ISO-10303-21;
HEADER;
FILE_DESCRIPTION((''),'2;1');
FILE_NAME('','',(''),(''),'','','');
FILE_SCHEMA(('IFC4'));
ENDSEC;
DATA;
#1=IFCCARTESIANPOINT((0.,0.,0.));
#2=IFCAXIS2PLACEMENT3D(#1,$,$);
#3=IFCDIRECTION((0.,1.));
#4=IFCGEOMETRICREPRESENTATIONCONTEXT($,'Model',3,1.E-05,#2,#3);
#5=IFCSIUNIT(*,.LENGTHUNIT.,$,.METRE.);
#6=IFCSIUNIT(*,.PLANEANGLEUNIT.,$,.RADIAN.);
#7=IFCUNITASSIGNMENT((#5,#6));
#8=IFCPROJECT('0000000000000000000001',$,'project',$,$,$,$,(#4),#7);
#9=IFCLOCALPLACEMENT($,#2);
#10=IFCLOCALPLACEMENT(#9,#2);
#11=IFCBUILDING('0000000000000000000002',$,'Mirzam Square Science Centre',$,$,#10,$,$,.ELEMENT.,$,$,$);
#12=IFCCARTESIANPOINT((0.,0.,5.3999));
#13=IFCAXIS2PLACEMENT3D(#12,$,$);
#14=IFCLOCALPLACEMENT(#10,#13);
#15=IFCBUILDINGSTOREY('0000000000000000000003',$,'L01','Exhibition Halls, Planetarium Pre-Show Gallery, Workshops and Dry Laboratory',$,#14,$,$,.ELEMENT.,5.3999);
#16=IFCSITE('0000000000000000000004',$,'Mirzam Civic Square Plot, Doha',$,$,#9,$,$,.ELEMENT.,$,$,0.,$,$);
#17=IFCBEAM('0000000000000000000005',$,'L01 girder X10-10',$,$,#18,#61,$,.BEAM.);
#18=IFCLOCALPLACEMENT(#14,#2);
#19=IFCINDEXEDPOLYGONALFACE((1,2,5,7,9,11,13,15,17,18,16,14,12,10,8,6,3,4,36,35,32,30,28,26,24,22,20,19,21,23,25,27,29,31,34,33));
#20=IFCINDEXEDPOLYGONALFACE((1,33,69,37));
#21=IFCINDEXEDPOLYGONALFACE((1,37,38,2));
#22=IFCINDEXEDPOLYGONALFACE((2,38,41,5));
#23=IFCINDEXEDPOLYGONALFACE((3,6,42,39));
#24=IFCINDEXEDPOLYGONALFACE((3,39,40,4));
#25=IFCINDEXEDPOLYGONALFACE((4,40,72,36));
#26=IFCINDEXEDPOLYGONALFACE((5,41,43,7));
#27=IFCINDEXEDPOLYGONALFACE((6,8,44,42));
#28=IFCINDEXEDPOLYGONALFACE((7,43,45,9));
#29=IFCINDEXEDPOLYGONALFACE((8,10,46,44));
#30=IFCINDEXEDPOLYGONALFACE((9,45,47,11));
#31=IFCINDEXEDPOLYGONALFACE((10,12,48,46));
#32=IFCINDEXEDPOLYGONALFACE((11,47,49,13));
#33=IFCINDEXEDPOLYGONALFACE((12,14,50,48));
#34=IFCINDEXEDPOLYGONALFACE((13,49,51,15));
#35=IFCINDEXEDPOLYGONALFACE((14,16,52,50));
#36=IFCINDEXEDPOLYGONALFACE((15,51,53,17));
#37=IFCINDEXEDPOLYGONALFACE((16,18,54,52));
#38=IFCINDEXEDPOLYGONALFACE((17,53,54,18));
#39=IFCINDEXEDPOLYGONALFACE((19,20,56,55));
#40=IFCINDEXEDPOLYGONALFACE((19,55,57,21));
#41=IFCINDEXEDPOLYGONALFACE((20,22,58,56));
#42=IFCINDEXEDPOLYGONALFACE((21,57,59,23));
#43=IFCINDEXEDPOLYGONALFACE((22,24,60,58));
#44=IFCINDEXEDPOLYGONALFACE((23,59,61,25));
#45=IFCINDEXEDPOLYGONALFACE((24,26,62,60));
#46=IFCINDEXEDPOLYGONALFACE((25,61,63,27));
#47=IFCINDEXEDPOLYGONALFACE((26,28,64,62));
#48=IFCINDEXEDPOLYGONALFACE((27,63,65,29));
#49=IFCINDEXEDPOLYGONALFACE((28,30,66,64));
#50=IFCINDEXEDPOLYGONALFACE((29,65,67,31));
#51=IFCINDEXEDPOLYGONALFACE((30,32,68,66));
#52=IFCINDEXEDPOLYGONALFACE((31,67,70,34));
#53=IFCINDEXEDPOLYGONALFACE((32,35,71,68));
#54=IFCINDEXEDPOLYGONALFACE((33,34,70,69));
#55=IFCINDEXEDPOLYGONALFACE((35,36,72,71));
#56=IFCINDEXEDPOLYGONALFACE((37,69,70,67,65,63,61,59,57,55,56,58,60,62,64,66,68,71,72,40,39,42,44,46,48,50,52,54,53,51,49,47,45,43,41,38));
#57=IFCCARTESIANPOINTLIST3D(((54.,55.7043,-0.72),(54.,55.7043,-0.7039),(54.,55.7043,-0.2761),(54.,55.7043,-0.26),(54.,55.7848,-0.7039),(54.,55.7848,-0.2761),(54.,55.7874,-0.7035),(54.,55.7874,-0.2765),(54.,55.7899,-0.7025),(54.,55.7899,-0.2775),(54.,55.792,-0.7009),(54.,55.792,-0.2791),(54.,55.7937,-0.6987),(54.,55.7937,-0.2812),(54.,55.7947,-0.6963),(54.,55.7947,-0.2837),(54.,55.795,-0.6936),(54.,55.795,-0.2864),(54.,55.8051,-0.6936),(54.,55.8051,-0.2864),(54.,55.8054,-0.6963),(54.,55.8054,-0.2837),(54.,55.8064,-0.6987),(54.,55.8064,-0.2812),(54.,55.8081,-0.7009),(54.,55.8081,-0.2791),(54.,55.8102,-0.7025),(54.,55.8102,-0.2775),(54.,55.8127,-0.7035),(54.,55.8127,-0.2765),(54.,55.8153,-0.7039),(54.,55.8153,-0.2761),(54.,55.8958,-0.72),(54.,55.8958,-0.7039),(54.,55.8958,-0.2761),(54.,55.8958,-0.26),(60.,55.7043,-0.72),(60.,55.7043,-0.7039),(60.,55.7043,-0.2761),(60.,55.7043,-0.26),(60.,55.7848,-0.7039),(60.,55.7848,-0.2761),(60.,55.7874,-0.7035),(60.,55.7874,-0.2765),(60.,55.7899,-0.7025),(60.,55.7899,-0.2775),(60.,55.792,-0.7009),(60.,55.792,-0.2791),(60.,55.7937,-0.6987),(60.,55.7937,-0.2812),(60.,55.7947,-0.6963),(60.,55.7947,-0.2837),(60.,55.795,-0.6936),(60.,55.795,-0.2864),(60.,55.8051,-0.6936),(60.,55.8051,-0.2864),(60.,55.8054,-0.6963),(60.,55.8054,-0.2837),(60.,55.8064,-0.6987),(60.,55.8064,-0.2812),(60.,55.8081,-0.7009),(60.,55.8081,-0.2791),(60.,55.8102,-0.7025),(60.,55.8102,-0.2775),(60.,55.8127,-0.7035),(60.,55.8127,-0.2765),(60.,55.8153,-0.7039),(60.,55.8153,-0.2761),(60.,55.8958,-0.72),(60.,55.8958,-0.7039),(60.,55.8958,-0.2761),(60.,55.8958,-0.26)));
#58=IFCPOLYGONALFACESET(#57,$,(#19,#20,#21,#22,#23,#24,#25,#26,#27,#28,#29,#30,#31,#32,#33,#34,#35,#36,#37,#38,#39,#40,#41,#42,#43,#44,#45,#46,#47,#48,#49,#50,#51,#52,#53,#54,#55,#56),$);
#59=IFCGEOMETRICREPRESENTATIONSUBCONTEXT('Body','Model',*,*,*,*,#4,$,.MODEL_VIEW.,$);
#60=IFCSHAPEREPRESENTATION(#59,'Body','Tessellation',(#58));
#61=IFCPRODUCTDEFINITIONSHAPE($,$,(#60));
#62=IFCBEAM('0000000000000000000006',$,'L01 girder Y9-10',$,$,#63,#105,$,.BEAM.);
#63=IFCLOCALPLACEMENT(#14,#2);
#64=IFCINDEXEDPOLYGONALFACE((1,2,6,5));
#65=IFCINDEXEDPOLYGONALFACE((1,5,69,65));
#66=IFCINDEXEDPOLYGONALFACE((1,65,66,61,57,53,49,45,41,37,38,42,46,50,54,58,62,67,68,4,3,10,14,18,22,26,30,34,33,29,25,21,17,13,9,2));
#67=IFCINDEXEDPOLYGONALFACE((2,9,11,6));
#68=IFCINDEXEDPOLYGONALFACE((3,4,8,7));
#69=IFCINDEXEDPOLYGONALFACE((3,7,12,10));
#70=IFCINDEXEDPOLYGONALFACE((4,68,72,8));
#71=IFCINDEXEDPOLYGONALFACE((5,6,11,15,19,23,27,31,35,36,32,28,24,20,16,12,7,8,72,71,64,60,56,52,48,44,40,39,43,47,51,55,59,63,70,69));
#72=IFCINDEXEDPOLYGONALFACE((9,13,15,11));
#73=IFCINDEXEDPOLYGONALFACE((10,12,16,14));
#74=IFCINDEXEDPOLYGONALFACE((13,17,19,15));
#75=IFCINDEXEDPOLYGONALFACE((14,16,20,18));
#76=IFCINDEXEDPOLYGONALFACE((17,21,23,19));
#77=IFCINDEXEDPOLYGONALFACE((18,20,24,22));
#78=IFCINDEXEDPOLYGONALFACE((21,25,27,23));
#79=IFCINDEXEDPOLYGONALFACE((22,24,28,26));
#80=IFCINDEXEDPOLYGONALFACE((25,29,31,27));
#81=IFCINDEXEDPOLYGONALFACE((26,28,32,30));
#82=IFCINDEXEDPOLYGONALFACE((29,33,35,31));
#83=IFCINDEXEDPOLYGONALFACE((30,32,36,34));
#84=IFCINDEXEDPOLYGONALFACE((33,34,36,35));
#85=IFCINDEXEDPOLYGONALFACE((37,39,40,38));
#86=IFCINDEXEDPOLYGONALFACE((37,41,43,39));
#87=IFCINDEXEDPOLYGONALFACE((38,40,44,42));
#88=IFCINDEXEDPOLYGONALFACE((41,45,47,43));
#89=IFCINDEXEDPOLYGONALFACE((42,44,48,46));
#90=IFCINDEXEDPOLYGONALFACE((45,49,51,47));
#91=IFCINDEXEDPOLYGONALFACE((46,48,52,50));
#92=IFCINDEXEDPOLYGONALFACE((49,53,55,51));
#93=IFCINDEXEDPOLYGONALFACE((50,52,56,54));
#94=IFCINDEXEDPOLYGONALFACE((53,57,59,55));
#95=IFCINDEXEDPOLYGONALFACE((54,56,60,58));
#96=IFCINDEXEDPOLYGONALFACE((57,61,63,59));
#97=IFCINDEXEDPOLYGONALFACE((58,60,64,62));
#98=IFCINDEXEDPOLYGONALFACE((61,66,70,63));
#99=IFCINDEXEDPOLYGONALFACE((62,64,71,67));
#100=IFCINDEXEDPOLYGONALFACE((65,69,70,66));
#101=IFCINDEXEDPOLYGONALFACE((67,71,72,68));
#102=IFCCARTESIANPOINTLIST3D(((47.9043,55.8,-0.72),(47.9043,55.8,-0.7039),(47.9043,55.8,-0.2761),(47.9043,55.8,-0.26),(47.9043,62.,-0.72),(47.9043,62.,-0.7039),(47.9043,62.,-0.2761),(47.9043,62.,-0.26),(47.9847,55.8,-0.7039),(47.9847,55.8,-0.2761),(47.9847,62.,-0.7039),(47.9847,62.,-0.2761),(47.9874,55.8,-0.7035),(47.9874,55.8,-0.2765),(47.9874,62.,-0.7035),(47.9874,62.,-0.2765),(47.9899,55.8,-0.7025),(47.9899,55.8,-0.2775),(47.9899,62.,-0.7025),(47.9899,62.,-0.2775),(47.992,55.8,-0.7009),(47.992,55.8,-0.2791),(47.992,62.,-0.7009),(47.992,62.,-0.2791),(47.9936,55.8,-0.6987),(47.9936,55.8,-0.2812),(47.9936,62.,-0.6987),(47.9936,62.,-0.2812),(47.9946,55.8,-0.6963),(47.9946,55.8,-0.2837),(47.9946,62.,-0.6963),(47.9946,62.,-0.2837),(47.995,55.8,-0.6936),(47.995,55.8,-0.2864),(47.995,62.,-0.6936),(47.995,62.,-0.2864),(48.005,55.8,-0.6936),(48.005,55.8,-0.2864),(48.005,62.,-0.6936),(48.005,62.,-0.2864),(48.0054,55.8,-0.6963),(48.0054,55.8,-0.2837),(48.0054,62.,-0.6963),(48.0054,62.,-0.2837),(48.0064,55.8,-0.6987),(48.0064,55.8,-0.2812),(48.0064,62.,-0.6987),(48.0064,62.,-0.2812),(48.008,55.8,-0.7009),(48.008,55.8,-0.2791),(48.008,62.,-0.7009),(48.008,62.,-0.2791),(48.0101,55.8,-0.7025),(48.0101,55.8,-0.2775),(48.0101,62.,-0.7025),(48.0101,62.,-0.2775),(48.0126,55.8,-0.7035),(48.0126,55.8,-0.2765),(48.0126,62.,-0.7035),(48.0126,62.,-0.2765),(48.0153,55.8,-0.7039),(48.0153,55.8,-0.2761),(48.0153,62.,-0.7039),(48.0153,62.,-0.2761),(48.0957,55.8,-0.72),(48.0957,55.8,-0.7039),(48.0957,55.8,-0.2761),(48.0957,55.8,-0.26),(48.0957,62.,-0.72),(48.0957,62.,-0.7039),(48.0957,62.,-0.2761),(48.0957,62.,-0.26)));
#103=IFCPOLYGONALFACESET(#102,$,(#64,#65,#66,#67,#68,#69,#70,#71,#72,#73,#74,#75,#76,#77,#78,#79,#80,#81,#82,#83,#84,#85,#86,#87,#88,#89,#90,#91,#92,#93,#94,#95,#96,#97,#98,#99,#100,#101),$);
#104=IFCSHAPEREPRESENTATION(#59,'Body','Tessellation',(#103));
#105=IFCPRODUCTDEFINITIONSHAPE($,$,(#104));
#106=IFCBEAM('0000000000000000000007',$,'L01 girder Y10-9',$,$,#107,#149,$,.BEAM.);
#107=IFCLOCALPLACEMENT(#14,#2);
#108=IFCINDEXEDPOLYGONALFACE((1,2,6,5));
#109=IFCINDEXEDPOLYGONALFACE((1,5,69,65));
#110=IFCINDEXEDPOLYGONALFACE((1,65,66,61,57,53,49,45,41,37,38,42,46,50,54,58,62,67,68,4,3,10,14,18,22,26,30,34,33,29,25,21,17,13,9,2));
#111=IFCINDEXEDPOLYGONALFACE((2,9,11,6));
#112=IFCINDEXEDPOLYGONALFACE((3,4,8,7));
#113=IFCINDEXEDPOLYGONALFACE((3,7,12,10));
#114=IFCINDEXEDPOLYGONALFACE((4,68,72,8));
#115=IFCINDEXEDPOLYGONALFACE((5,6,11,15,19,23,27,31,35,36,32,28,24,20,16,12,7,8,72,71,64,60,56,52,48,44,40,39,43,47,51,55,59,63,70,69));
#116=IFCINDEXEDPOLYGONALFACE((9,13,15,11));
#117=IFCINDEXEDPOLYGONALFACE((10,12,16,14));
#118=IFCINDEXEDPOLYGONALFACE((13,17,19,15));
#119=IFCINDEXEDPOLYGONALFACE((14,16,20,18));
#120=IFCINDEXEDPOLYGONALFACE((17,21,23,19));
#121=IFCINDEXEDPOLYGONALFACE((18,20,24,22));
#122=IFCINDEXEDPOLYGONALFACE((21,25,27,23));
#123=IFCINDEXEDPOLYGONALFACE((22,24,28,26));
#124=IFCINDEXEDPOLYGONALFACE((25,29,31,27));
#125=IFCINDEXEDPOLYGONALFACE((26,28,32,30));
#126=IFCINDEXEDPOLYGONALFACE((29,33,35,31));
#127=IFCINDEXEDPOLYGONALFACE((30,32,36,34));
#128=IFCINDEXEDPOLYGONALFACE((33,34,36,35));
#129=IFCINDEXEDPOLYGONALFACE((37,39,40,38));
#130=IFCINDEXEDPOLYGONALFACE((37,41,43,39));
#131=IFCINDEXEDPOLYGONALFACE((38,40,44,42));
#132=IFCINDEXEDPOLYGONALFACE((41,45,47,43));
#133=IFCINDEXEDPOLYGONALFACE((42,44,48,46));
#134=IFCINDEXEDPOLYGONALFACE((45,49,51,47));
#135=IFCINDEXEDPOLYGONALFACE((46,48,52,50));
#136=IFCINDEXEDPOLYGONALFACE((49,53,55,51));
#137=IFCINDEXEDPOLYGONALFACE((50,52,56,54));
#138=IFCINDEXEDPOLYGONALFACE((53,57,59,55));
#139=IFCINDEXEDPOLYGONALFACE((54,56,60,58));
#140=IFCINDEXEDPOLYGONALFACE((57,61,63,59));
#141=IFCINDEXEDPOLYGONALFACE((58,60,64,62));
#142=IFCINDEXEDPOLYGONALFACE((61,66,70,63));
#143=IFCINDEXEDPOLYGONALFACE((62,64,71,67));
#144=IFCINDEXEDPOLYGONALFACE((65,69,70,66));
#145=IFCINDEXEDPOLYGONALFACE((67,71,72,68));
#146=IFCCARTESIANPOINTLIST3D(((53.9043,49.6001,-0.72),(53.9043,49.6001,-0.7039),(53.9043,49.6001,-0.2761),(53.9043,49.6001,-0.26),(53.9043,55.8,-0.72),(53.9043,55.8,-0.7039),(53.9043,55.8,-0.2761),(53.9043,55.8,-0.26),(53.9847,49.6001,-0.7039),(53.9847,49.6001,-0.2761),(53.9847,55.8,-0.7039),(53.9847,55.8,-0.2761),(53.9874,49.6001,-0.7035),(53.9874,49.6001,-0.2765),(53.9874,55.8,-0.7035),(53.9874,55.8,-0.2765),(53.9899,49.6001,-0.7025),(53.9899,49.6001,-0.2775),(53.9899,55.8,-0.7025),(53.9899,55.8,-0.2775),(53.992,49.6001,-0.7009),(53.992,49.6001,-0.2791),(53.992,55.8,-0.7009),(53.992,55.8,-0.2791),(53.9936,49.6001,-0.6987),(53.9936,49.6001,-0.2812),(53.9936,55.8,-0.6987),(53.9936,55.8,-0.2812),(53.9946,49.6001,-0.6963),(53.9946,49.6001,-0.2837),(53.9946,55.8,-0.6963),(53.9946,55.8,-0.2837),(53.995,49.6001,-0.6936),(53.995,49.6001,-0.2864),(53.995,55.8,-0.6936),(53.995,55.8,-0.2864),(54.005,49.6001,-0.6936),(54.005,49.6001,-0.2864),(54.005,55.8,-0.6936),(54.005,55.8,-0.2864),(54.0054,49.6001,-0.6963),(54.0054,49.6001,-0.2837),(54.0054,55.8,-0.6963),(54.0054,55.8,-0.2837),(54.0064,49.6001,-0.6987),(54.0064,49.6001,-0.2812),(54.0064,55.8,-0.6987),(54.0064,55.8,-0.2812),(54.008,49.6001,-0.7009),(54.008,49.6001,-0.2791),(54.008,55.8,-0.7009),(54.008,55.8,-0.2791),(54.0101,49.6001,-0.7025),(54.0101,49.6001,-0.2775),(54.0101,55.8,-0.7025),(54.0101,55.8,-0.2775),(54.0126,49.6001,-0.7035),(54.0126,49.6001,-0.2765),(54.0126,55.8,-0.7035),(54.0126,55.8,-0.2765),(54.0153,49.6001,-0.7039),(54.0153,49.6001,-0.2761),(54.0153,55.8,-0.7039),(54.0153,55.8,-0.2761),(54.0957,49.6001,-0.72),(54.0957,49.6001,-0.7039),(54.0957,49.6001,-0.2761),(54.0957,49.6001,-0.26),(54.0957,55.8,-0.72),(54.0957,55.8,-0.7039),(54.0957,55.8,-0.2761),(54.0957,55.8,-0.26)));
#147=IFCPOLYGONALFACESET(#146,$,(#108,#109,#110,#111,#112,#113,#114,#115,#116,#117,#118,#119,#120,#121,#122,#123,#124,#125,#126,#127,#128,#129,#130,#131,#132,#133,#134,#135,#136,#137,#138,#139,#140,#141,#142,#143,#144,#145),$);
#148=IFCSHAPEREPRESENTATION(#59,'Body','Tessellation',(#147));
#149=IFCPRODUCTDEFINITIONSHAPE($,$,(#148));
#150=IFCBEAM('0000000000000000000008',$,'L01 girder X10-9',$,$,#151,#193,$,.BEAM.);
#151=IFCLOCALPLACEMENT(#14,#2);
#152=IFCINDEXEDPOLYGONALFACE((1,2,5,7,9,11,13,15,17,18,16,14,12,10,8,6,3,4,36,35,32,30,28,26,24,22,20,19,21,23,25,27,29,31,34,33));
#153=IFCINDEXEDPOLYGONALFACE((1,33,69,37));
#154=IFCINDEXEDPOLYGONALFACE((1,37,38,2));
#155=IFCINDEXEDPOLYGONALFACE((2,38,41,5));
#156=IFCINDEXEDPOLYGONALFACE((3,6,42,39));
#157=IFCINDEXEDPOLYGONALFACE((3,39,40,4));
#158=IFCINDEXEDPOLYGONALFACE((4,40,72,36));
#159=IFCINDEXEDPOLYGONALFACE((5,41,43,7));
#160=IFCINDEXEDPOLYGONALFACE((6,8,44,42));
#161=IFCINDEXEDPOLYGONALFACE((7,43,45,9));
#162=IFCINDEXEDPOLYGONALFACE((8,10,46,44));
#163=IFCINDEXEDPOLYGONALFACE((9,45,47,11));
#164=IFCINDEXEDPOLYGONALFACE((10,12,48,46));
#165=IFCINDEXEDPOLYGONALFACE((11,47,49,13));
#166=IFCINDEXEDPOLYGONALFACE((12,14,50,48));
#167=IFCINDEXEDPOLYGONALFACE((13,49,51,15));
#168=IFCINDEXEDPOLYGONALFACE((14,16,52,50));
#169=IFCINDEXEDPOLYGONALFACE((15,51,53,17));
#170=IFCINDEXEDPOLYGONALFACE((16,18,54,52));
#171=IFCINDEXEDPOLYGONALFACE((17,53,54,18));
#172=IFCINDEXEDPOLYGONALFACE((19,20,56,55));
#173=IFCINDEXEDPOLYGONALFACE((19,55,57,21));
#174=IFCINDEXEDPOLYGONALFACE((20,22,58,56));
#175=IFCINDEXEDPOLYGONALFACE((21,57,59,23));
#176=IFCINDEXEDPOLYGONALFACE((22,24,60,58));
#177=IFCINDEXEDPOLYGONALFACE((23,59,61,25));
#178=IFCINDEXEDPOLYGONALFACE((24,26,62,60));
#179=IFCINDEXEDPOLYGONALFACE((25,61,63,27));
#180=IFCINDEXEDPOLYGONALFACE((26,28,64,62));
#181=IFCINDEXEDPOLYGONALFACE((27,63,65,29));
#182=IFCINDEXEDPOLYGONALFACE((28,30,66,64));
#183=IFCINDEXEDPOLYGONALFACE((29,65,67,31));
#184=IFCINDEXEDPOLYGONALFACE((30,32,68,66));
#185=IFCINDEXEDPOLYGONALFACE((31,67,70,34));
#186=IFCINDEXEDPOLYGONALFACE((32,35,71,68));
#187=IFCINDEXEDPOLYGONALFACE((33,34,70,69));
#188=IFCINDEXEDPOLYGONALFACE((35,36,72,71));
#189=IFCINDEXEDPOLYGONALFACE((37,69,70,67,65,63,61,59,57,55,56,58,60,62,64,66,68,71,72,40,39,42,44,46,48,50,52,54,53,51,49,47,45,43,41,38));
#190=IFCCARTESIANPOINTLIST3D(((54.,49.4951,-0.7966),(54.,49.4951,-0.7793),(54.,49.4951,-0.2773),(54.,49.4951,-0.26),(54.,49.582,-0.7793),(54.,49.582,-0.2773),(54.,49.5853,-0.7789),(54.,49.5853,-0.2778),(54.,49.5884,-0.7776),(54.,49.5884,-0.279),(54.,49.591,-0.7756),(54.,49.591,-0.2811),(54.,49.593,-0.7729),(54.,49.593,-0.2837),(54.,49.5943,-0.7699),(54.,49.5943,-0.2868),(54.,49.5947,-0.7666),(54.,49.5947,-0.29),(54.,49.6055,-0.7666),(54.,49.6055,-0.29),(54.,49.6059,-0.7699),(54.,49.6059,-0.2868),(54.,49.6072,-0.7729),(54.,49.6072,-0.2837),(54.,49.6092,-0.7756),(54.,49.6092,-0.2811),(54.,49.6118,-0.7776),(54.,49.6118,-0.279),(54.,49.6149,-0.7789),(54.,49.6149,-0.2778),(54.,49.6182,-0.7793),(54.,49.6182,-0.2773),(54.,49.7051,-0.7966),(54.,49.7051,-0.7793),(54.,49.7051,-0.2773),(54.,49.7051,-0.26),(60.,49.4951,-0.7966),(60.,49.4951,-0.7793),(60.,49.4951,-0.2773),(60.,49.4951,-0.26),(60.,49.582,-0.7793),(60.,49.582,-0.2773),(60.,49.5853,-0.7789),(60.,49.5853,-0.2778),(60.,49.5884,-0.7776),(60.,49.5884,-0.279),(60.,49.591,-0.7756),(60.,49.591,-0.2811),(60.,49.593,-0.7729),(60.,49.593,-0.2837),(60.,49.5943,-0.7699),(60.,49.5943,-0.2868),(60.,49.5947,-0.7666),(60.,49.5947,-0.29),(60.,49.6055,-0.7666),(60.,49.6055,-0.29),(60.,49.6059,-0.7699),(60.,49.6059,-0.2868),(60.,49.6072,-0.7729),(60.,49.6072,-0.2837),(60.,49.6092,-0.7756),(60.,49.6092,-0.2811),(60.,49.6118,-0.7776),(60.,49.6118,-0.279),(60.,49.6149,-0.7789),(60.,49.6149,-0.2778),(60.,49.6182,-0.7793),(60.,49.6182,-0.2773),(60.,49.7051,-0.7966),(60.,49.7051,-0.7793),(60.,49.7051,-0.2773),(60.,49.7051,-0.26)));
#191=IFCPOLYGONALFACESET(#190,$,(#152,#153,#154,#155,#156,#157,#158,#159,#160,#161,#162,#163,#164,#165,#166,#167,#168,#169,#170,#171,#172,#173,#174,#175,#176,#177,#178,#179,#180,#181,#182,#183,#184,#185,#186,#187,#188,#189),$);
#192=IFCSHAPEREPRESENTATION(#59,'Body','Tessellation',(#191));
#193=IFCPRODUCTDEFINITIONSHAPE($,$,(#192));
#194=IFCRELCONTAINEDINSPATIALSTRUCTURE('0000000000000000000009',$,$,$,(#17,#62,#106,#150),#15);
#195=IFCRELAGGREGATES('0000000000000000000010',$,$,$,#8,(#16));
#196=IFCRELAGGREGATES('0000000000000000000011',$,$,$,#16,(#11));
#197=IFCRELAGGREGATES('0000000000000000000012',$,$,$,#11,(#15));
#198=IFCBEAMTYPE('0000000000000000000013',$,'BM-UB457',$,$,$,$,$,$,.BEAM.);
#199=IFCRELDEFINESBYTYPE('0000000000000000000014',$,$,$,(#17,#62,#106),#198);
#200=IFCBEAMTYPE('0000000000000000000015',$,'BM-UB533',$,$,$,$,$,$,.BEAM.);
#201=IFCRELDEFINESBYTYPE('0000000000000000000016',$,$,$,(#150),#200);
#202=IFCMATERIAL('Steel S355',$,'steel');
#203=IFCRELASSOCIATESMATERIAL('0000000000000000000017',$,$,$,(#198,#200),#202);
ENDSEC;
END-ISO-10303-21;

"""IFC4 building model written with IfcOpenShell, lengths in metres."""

from ifc_helpers import new_model, si_unit, direction, frame, origin, origin_2d, place, context, subcontext, project, spatial, i_section, extrude, material, material_profile, profile_set, type_object, element, save


model = new_model("IFC4")

# Units and contexts
model_context = context("Model", 3, precision=1e-05, world=origin(), true_north=direction((0.0, 1.0)))
body_context = subcontext(model_context, "Body", "Model", "MODEL_VIEW")
ifc_project = project(units=[si_unit("LENGTHUNIT", "METRE"), si_unit("PLANEANGLEUNIT", "RADIAN")], contexts=[model_context])

# Site, building, storey
site_placement = place(None, origin())
site = spatial("IfcSite", under=ifc_project, at=site_placement, Name="Mirzam Civic Square Plot, Doha", CompositionType="ELEMENT", RefElevation=0.0)
building_placement = place(site_placement, origin())
building = spatial("IfcBuilding", under=site, at=building_placement, Name="Mirzam Square Science Centre", CompositionType="ELEMENT")
storey_placement = place(building_placement, frame((0.0, 0.0, 5.3999)))
storey = spatial("IfcBuildingStorey", under=building, at=storey_placement, Name="L01", Description="Exhibition Halls, Planetarium Pre-Show Gallery, Workshops and Dry Laboratory", CompositionType="ELEMENT", Elevation=5.3999)

# Shared definitions
ifc_material_1 = material(Name="Steel S355", Category="steel")

# Beams
ifc_material_profile_1 = material_profile(ifc_material_1, i_section(OverallWidth=0.1914, OverallDepth=0.46, WebThickness=0.01, FlangeThickness=0.0161, FilletRadius=0.0103, at=origin_2d()), Name="457x191x82UB")
ifc_profile_set_1 = profile_set([ifc_material_profile_1], Name="Steel S355")
beam_type_1 = type_object("IfcBeamType", Name="BM-UB457", PredefinedType="BEAM", material=ifc_profile_set_1)
beam_1_placement = place(storey_placement, frame((54.0, 55.8, -0.49), z_axis=(1.0, 0.0, 0.0), x_axis=(0.0, 1.0, 0.0)))
element("IfcBeam", 1, at=beam_1_placement, inside=storey, type_object=beam_type_1, Name="L01 girder X10-10", PredefinedType="BEAM", context=body_context, shape_type="SweptSolid", body=[
    extrude(i_section(OverallWidth=0.1914, OverallDepth=0.46, WebThickness=0.01, FlangeThickness=0.0161, FilletRadius=0.0103, at=origin_2d()), origin(), (0.0, 0.0, 1.0), 6.0),
])
for number, where, z_axis, x_axis, name in (
    (2, (48.0, 55.8, -0.49), (0.0, 1.0, 0.0), (-1.0, 0.0, 0.0), "L01 girder Y9-10"),
    (3, (54.0, 49.6001, -0.49), (0.0, 1.0, 0.0), (-1.0, 0.0, 0.0), "L01 girder Y10-9"),
):
    element("IfcBeam", number, at=place(storey_placement, frame(where, z_axis=z_axis, x_axis=x_axis)), inside=storey, type_object=beam_type_1, Name=name, PredefinedType="BEAM", context=body_context, shape_type="SweptSolid", body=[
        extrude(i_section(OverallWidth=0.1914, OverallDepth=0.46, WebThickness=0.01, FlangeThickness=0.0161, FilletRadius=0.0103, at=origin_2d()), origin(), (0.0, 0.0, 1.0), 6.2),
    ])
ifc_material_profile_2 = material_profile(ifc_material_1, i_section(OverallWidth=0.21, OverallDepth=0.5366, WebThickness=0.0107, FlangeThickness=0.0173, FilletRadius=0.0127, at=origin_2d()), Name="533x210x101UB")
ifc_profile_set_2 = profile_set([ifc_material_profile_2], Name="Steel S355")
beam_type_2 = type_object("IfcBeamType", Name="BM-UB533", PredefinedType="BEAM", material=ifc_profile_set_2)
for number, where, z_axis, x_axis, name in (
    (4, (54.0, 49.6001, -0.5283), (1.0, 0.0, 0.0), (0.0, 1.0, 0.0), "L01 girder X10-9"),
):
    element("IfcBeam", number, at=place(storey_placement, frame(where, z_axis=z_axis, x_axis=x_axis)), inside=storey, type_object=beam_type_2, Name=name, PredefinedType="BEAM", context=body_context, shape_type="SweptSolid", body=[
        extrude(i_section(OverallWidth=0.21, OverallDepth=0.5366, WebThickness=0.0107, FlangeThickness=0.0173, FilletRadius=0.0127, at=origin_2d()), origin(), (0.0, 0.0, 1.0), 6.0),
    ])

save(model, "model.ifc")
